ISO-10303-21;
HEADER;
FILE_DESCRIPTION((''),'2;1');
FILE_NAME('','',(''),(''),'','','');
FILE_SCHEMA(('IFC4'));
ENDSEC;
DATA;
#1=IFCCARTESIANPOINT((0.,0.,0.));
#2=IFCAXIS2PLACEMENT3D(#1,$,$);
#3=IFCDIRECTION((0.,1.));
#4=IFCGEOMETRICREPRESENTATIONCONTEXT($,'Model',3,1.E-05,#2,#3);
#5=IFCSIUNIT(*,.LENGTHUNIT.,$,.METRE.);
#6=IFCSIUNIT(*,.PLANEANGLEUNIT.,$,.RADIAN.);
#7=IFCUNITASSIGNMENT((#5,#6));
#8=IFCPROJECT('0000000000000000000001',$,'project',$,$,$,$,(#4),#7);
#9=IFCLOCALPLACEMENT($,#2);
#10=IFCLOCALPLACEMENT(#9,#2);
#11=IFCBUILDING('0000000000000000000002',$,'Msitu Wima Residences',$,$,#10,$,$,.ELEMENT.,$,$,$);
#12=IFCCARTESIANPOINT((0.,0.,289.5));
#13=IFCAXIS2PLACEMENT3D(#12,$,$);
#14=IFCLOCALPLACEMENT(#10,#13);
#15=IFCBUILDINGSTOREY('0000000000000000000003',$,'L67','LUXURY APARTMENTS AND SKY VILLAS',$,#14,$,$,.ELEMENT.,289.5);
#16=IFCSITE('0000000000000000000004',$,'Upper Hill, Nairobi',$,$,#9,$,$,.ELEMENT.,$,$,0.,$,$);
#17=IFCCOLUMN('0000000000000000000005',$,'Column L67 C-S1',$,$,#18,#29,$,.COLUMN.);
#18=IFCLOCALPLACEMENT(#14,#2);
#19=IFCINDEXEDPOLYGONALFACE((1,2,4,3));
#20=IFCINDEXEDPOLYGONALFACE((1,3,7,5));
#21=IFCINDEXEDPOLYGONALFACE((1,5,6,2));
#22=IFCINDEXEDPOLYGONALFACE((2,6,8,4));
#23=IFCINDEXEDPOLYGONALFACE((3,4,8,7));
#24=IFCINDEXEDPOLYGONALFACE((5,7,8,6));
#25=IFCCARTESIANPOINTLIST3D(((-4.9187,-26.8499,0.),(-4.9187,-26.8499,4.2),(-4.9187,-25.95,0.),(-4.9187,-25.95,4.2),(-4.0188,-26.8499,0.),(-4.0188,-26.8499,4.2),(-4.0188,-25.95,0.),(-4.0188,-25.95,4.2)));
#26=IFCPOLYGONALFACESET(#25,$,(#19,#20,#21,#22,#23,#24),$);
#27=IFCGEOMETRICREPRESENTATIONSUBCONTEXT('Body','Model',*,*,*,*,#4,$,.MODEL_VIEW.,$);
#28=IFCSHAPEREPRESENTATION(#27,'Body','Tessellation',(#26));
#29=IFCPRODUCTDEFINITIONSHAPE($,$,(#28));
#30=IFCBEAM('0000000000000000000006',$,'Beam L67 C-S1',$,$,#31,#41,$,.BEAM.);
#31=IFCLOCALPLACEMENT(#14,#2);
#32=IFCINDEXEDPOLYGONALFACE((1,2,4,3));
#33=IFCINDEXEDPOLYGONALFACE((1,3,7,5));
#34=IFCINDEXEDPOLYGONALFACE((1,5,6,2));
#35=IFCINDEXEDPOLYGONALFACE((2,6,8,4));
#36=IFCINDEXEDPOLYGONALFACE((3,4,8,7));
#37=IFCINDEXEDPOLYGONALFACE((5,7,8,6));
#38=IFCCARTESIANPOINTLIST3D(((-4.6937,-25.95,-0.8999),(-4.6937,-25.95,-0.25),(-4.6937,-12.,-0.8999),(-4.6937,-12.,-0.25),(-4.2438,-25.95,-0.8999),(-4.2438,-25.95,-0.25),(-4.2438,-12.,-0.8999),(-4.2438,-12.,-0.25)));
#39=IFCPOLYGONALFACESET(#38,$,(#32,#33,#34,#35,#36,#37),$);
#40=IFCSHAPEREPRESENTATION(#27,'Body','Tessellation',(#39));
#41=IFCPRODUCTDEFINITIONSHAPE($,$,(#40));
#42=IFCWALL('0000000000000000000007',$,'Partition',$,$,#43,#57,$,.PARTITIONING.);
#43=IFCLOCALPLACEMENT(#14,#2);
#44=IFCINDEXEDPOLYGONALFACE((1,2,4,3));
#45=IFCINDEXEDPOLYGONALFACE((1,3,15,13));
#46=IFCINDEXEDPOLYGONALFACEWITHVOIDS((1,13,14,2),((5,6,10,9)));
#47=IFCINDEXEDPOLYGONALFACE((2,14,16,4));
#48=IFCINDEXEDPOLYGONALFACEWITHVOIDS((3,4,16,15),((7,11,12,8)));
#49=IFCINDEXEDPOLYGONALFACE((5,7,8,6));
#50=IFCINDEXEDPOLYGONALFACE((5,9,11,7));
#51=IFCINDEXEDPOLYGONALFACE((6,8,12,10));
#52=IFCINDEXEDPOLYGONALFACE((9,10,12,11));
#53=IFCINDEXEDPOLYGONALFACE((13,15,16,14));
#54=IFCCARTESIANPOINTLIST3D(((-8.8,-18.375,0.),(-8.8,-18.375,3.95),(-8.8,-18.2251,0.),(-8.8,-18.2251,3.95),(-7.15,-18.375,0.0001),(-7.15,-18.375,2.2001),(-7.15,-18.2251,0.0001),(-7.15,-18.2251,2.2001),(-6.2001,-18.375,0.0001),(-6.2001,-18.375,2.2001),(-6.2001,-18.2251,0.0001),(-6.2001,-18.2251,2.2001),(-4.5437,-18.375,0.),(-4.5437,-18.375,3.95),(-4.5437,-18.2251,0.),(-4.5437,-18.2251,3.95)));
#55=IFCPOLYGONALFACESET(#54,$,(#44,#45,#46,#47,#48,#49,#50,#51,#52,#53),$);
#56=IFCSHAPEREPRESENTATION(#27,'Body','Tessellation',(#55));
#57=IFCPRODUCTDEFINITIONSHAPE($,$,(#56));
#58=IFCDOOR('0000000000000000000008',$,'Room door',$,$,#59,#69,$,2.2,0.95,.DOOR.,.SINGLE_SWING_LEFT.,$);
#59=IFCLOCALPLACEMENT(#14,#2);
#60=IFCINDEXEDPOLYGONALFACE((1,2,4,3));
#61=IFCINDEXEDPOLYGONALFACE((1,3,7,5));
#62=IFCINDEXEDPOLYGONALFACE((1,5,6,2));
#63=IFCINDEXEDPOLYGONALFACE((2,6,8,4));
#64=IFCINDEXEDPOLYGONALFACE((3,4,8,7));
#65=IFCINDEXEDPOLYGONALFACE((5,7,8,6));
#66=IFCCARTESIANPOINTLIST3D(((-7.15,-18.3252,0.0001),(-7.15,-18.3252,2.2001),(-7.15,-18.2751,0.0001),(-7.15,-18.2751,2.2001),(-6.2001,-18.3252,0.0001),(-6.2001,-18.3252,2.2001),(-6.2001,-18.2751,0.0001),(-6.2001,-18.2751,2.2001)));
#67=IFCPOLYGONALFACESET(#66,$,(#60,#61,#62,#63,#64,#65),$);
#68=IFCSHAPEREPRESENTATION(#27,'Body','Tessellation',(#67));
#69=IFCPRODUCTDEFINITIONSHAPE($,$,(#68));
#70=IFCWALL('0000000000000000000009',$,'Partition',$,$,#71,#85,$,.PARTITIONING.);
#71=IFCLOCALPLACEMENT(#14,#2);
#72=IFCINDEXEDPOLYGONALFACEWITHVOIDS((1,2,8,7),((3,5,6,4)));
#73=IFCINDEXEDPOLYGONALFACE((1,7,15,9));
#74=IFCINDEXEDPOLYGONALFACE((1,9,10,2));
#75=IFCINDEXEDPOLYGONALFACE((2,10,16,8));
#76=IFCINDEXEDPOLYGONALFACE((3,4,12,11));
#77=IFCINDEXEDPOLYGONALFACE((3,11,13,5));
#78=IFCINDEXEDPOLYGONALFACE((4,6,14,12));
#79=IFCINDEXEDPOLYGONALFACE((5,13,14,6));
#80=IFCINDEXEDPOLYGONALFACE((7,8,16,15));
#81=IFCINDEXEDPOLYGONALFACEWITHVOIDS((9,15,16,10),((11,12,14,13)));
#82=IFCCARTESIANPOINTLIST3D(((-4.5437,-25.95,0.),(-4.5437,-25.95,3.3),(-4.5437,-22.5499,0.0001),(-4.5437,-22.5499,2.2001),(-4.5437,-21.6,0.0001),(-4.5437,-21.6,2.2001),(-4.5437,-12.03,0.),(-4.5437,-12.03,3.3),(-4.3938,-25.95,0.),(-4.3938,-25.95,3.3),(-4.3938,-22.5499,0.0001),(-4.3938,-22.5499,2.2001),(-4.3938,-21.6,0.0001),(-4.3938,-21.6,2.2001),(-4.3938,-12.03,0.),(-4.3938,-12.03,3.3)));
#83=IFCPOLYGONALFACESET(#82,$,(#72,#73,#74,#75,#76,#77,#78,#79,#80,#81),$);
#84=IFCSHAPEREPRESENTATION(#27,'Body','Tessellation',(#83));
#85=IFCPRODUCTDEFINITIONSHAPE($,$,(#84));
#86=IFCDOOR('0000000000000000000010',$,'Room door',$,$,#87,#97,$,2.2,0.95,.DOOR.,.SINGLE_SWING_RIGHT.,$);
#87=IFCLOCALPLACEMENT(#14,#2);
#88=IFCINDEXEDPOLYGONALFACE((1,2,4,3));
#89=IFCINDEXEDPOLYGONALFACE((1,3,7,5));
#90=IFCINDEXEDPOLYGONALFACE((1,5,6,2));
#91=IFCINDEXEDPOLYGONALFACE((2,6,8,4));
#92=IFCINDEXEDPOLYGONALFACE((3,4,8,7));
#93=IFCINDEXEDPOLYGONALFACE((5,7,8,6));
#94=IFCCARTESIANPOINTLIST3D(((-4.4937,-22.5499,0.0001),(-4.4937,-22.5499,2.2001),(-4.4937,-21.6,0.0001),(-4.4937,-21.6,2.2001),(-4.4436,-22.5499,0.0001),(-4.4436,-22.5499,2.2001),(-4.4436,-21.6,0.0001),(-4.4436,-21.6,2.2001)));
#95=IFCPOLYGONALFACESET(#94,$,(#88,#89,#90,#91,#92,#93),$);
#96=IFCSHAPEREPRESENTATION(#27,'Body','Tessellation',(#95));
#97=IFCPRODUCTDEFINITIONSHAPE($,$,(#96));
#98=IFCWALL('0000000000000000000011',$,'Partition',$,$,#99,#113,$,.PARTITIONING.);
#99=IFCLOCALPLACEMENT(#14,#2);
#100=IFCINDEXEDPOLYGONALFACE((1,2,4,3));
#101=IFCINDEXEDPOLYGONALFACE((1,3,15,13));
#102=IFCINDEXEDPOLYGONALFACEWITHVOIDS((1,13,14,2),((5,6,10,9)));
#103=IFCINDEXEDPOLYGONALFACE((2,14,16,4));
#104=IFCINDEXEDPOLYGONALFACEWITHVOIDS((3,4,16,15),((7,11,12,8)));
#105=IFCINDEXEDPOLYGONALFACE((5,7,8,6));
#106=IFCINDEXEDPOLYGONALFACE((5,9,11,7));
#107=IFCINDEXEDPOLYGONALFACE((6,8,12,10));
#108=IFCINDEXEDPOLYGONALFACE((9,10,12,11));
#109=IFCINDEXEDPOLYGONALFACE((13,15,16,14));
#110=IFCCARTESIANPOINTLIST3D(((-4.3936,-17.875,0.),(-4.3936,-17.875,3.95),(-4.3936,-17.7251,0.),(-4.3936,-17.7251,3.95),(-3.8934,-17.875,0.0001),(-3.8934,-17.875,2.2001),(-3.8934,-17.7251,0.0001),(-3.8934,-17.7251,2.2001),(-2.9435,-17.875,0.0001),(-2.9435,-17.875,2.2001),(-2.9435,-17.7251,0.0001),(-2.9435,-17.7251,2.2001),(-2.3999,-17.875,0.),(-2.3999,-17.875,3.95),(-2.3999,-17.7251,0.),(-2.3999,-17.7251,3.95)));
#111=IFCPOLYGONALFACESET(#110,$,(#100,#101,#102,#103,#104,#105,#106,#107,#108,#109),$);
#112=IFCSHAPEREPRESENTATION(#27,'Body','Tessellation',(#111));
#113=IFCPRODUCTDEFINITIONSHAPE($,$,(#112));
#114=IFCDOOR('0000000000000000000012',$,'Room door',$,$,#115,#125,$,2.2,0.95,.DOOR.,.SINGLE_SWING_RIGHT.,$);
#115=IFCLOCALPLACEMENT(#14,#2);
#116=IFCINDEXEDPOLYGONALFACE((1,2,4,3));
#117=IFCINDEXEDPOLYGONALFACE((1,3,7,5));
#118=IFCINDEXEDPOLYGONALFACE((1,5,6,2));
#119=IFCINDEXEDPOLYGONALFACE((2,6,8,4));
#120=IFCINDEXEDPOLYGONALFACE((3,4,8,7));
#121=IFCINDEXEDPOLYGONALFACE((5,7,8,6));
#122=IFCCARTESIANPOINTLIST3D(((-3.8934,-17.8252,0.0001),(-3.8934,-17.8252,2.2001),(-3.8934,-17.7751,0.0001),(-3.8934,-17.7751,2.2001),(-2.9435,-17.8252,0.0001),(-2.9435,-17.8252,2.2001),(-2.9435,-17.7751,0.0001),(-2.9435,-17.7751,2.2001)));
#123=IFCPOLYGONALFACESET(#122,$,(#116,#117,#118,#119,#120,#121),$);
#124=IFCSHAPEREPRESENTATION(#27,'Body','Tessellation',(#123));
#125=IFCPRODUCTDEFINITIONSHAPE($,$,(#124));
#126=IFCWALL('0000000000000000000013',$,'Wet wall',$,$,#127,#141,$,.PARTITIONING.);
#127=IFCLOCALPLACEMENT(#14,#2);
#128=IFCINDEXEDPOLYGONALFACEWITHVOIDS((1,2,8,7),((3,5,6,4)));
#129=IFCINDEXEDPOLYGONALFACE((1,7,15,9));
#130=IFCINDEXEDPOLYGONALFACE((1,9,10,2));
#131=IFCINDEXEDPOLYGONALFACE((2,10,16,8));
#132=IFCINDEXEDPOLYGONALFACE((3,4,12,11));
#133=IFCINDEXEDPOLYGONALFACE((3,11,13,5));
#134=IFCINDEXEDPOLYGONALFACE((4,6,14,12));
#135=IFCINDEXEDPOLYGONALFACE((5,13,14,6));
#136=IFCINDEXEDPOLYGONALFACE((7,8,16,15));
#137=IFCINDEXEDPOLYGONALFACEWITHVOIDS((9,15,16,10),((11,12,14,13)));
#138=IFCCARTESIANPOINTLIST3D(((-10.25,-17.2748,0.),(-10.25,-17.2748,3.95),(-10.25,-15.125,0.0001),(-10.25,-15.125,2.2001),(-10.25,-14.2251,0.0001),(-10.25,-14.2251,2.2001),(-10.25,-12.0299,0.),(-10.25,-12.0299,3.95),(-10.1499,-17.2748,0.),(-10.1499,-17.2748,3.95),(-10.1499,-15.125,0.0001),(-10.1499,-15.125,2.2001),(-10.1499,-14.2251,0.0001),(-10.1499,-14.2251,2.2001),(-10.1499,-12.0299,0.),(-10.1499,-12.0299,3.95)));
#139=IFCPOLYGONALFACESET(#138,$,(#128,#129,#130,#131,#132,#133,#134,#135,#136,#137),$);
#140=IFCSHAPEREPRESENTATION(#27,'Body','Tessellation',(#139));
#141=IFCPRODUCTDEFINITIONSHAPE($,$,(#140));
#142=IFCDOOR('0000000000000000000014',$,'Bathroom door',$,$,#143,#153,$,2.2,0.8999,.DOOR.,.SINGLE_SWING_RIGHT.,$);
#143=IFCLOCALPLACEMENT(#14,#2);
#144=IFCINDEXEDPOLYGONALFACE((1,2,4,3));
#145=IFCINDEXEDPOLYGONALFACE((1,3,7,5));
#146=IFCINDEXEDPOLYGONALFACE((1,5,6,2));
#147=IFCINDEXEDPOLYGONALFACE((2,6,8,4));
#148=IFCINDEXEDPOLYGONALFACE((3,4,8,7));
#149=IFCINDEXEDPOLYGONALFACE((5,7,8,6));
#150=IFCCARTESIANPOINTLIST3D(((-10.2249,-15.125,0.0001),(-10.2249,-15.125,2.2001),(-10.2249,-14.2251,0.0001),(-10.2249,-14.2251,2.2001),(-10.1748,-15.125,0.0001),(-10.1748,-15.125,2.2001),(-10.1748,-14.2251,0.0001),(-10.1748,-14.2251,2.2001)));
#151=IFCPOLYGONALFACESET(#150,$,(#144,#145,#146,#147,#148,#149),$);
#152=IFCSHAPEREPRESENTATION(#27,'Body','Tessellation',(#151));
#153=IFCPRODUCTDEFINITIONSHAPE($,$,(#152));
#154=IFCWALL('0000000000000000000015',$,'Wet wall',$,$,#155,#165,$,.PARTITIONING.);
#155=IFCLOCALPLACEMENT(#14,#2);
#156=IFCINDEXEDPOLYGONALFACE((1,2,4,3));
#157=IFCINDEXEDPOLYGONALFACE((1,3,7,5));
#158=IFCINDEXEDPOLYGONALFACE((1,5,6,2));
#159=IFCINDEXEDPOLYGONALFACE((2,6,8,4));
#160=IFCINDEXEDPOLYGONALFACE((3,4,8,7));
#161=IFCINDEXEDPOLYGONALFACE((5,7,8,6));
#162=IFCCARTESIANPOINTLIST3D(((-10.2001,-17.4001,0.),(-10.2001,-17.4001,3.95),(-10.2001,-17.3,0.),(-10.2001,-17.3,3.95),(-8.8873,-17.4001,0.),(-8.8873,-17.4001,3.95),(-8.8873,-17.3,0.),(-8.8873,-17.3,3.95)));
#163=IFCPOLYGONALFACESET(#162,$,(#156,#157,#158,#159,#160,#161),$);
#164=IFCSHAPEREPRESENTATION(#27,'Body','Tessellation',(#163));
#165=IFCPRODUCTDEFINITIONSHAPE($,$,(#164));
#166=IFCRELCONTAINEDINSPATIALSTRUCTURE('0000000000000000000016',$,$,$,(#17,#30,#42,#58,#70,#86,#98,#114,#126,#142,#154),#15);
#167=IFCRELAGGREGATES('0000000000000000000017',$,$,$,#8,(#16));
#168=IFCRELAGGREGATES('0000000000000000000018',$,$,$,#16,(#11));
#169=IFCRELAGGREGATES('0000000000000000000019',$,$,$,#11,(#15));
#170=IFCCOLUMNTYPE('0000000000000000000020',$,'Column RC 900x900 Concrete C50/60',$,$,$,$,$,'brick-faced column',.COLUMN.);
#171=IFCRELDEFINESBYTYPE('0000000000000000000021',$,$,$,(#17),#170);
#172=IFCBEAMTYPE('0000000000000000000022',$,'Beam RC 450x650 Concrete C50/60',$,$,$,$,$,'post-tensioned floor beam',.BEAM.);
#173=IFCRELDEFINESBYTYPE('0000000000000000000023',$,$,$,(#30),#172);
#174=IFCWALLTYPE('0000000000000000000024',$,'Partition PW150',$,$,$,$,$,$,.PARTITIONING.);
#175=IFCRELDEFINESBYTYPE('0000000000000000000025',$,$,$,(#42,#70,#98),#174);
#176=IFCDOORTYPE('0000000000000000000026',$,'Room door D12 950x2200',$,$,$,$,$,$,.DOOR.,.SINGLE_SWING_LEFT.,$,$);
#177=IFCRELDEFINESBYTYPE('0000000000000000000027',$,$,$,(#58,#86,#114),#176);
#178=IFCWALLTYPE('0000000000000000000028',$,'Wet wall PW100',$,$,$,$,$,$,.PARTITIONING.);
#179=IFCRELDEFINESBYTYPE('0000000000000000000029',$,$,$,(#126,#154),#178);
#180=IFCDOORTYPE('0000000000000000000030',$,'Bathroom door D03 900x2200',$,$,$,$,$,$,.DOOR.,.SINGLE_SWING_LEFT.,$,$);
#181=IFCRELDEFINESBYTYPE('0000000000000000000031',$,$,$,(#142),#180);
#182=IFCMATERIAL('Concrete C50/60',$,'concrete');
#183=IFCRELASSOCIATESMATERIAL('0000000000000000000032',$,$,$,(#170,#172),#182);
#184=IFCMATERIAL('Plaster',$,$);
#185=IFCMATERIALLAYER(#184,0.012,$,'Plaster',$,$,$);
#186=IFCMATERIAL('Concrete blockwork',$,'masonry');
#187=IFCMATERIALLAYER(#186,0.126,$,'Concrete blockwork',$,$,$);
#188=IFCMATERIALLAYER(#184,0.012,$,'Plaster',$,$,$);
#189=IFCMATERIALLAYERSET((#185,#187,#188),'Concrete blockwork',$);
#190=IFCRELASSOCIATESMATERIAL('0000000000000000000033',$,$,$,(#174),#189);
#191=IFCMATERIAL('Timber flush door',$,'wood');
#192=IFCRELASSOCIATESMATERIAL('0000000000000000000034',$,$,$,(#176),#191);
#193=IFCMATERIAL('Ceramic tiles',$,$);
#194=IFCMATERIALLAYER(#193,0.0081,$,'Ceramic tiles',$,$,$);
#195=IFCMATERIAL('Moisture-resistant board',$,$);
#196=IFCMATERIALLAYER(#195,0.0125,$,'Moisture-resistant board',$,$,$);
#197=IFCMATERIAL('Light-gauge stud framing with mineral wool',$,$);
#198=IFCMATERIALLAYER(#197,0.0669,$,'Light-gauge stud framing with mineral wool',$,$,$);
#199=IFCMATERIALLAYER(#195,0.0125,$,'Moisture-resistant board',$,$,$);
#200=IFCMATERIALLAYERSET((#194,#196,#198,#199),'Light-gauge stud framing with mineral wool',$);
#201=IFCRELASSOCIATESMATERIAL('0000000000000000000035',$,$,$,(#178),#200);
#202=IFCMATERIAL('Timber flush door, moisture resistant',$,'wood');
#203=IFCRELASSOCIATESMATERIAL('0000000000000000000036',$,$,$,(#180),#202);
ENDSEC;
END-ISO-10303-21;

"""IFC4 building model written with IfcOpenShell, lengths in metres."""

from ifc_helpers import new_model, si_unit, direction, frame, frame_2d, origin, origin_2d, place, context, subcontext, project, spatial, rectangle, extrude, material, layer, layer_set, material_profile, profile_set, type_object, element, fill, save


model = new_model("IFC4")

# Units and contexts
model_context = context("Model", 3, precision=1e-05, world=origin(), true_north=direction((0.0, 1.0)))
body_context = subcontext(model_context, "Body", "Model", "MODEL_VIEW")
ifc_project = project(units=[si_unit("LENGTHUNIT", "METRE"), si_unit("PLANEANGLEUNIT", "RADIAN")], contexts=[model_context])

# Site, building, storey
site_placement = place(None, origin())
site = spatial("IfcSite", under=ifc_project, at=site_placement, Name="Upper Hill, Nairobi", CompositionType="ELEMENT", RefElevation=0.0)
building_placement = place(site_placement, origin())
building = spatial("IfcBuilding", under=site, at=building_placement, Name="Msitu Wima Residences", CompositionType="ELEMENT")
storey_placement = place(building_placement, frame((0.0, 0.0, 289.5)))
storey = spatial("IfcBuildingStorey", under=building, at=storey_placement, Name="L67", Description="LUXURY APARTMENTS AND SKY VILLAS", CompositionType="ELEMENT", Elevation=289.5)

# Column
ifc_material_1 = material(Name="Concrete C50/60", Category="concrete")
ifc_material_profile_1 = material_profile(ifc_material_1, rectangle(XDim=0.8999, YDim=0.8999, at=origin_2d()), Name="RC 900x900")
ifc_profile_set_1 = profile_set([ifc_material_profile_1], Name="Concrete C50/60")
column_type = type_object("IfcColumnType", Name="Column RC 900x900 Concrete C50/60", ElementType="brick-faced column", PredefinedType="COLUMN", material=ifc_profile_set_1)
column_placement = place(storey_placement, frame((-4.4688, -26.3999, 0.0), z_axis=(0.0, 0.0, 1.0), x_axis=(1.0, 0.0, 0.0)))
element("IfcColumn", 1, at=column_placement, inside=storey, type_object=column_type, Name="Column L67 C-S1", PredefinedType="COLUMN", context=body_context, shape_type="SweptSolid", body=[
    extrude(rectangle(XDim=0.8999, YDim=0.8999, at=origin_2d()), origin(), (0.0, 0.0, 1.0), 4.2),
])

# Beam
ifc_material_profile_2 = material_profile(ifc_material_1, rectangle(XDim=0.45, YDim=0.6499, at=origin_2d()), Name="RC 450x650")
ifc_profile_set_2 = profile_set([ifc_material_profile_2], Name="Concrete C50/60")
beam_type = type_object("IfcBeamType", Name="Beam RC 450x650 Concrete C50/60", ElementType="post-tensioned floor beam", PredefinedType="BEAM", material=ifc_profile_set_2)
beam_placement = place(storey_placement, frame((-4.4688, -25.95, -0.575), z_axis=(0.0, 1.0, 0.0), x_axis=(-1.0, 0.0, 0.0)))
element("IfcBeam", 2, at=beam_placement, inside=storey, type_object=beam_type, Name="Beam L67 C-S1", PredefinedType="BEAM", context=body_context, shape_type="SweptSolid", body=[
    extrude(rectangle(XDim=0.45, YDim=0.6499, at=origin_2d()), origin(), (0.0, 0.0, 1.0), 13.95),
])

# Walls, openings, doors
ifc_material_2 = material(Name="Plaster")
ifc_layer_1 = layer(ifc_material_2, 0.012, Name="Plaster")
ifc_material_3 = material(Name="Concrete blockwork", Category="masonry")
ifc_layer_2 = layer(ifc_material_3, 0.126, Name="Concrete blockwork")
ifc_layer_3 = layer(ifc_material_2, 0.012, Name="Plaster")
ifc_layer_set_1 = layer_set([ifc_layer_1, ifc_layer_2, ifc_layer_3], Name="Concrete blockwork")
wall_type_1 = type_object("IfcWallType", Name="Partition PW150", PredefinedType="PARTITIONING", material=ifc_layer_set_1)
wall_1_placement = place(storey_placement, frame((-8.8, -18.3, 0.0), z_axis=(0.0, 0.0, 1.0), x_axis=(1.0, 0.0, 0.0)))
wall_1 = element("IfcWall", 3, at=wall_1_placement, inside=storey, type_object=wall_type_1, Name="Partition", PredefinedType="PARTITIONING", context=body_context, shape_type="SweptSolid", body=[
    extrude(rectangle(XDim=4.2563, YDim=0.1499, at=frame_2d((2.1282, 0.0))), origin(), (0.0, 0.0, 1.0), 3.95),
])
opening_1_placement = place(wall_1_placement, frame((1.6499, 0.0, 0.0)))
opening_1 = element("IfcOpeningElement", 4, at=opening_1_placement, cuts=wall_1, PredefinedType="OPENING", context=body_context, shape_type="SweptSolid", body=[
    extrude(rectangle(XDim=0.95, YDim=2.2, at=frame_2d((0.4751, 1.1001))), frame((0.0, 0.085, 0.0), z_axis=(0.0, -1.0, 0.0), x_axis=(1.0, 0.0, 0.0)), (0.0, 0.0, 1.0), 0.1699),
])
ifc_material_4 = material(Name="Timber flush door", Category="wood")
door_type_1 = type_object("IfcDoorType", Name="Room door D12 950x2200", OperationType="SINGLE_SWING_LEFT", PredefinedType="DOOR", material=ifc_material_4)
door_1_placement = place(opening_1_placement, origin())
door_1 = element("IfcDoor", 5, at=door_1_placement, inside=storey, type_object=door_type_1, Name="Room door", OperationType="SINGLE_SWING_LEFT", OverallHeight=2.2, OverallWidth=0.95, PredefinedType="DOOR", context=body_context, shape_type="SweptSolid", body=[
    extrude(rectangle(XDim=0.95, YDim=2.2, at=frame_2d((0.4751, 1.1001))), frame((0.0, 0.0249, 0.0), z_axis=(0.0, -1.0, 0.0), x_axis=(1.0, 0.0, 0.0)), (0.0, 0.0, 1.0), 0.05),
])
fill(opening_1, door_1)
wall_2_placement = place(storey_placement, frame((-4.4688, -25.95, 0.0), z_axis=(0.0, 0.0, 1.0), x_axis=(0.0, 1.0, 0.0)))
wall_2 = element("IfcWall", 6, at=wall_2_placement, inside=storey, type_object=wall_type_1, Name="Partition", PredefinedType="PARTITIONING", context=body_context, shape_type="SweptSolid", body=[
    extrude(rectangle(XDim=13.9199, YDim=0.1499, at=frame_2d((6.96, 0.0))), origin(), (0.0, 0.0, 1.0), 3.3),
])
opening_2_placement = place(wall_2_placement, frame((3.3999, 0.0, 0.0)))
opening_2 = element("IfcOpeningElement", 7, at=opening_2_placement, cuts=wall_2, PredefinedType="OPENING", context=body_context, shape_type="SweptSolid", body=[
    extrude(rectangle(XDim=0.95, YDim=2.2, at=frame_2d((0.4751, 1.1001))), frame((0.0, 0.085, 0.0), z_axis=(0.0, -1.0, 0.0), x_axis=(1.0, 0.0, 0.0)), (0.0, 0.0, 1.0), 0.1699),
])
door_2_placement = place(opening_2_placement, origin())
door_2 = element("IfcDoor", 8, at=door_2_placement, inside=storey, type_object=door_type_1, Name="Room door", OperationType="SINGLE_SWING_RIGHT", OverallHeight=2.2, OverallWidth=0.95, PredefinedType="DOOR", context=body_context, shape_type="SweptSolid", body=[
    extrude(rectangle(XDim=0.95, YDim=2.2, at=frame_2d((0.4751, 1.1001))), frame((0.0, 0.0249, 0.0), z_axis=(0.0, -1.0, 0.0), x_axis=(1.0, 0.0, 0.0)), (0.0, 0.0, 1.0), 0.05),
])
fill(opening_2, door_2)
wall_3_placement = place(storey_placement, frame((-4.3936, -17.8, 0.0), z_axis=(0.0, 0.0, 1.0), x_axis=(1.0, 0.0, 0.0)))
wall_3 = element("IfcWall", 9, at=wall_3_placement, inside=storey, type_object=wall_type_1, Name="Partition", PredefinedType="PARTITIONING", context=body_context, shape_type="SweptSolid", body=[
    extrude(rectangle(XDim=1.9937, YDim=0.1499, at=frame_2d((0.9968, 0.0))), origin(), (0.0, 0.0, 1.0), 3.95),
])
opening_3_placement = place(wall_3_placement, frame((0.5, 0.0, 0.0)))
opening_3 = element("IfcOpeningElement", 10, at=opening_3_placement, cuts=wall_3, PredefinedType="OPENING", context=body_context, shape_type="SweptSolid", body=[
    extrude(rectangle(XDim=0.95, YDim=2.2, at=frame_2d((0.4751, 1.1001))), frame((0.0, 0.085, 0.0), z_axis=(0.0, -1.0, 0.0), x_axis=(1.0, 0.0, 0.0)), (0.0, 0.0, 1.0), 0.1699),
])
door_3_placement = place(opening_3_placement, origin())
door_3 = element("IfcDoor", 11, at=door_3_placement, inside=storey, type_object=door_type_1, Name="Room door", OperationType="SINGLE_SWING_RIGHT", OverallHeight=2.2, OverallWidth=0.95, PredefinedType="DOOR", context=body_context, shape_type="SweptSolid", body=[
    extrude(rectangle(XDim=0.95, YDim=2.2, at=frame_2d((0.4751, 1.1001))), frame((0.0, 0.0249, 0.0), z_axis=(0.0, -1.0, 0.0), x_axis=(1.0, 0.0, 0.0)), (0.0, 0.0, 1.0), 0.05),
])
fill(opening_3, door_3)
ifc_material_5 = material(Name="Ceramic tiles")
ifc_layer_4 = layer(ifc_material_5, 0.0081, Name="Ceramic tiles")
ifc_material_6 = material(Name="Moisture-resistant board")
ifc_layer_5 = layer(ifc_material_6, 0.0125, Name="Moisture-resistant board")
ifc_material_7 = material(Name="Light-gauge stud framing with mineral wool")
ifc_layer_6 = layer(ifc_material_7, 0.0669, Name="Light-gauge stud framing with mineral wool")
ifc_layer_7 = layer(ifc_material_6, 0.0125, Name="Moisture-resistant board")
ifc_layer_set_2 = layer_set([ifc_layer_4, ifc_layer_5, ifc_layer_6, ifc_layer_7], Name="Light-gauge stud framing with mineral wool")
wall_type_2 = type_object("IfcWallType", Name="Wet wall PW100", PredefinedType="PARTITIONING", material=ifc_layer_set_2)
wall_4_placement = place(storey_placement, frame((-10.2, -17.2749, 0.0), z_axis=(0.0, 0.0, 1.0), x_axis=(0.0, 1.0, 0.0)))
wall_4 = element("IfcWall", 12, at=wall_4_placement, inside=storey, type_object=wall_type_2, Name="Wet wall", PredefinedType="PARTITIONING", context=body_context, shape_type="SweptSolid", body=[
    extrude(rectangle(XDim=5.2449, YDim=0.1001, at=frame_2d((2.6226, 0.0))), origin(), (0.0, 0.0, 1.0), 3.95),
])
opening_4_placement = place(wall_4_placement, frame((2.1499, 0.0, 0.0)))
opening_4 = element("IfcOpeningElement", 13, at=opening_4_placement, cuts=wall_4, PredefinedType="OPENING", context=body_context, shape_type="SweptSolid", body=[
    extrude(rectangle(XDim=0.8999, YDim=2.2, at=frame_2d((0.45, 1.1001))), frame((0.0, 0.0601, 0.0), z_axis=(0.0, -1.0, 0.0), x_axis=(1.0, 0.0, 0.0)), (0.0, 0.0, 1.0), 0.1201),
])
ifc_material_8 = material(Name="Timber flush door, moisture resistant", Category="wood")
door_type_2 = type_object("IfcDoorType", Name="Bathroom door D03 900x2200", OperationType="SINGLE_SWING_LEFT", PredefinedType="DOOR", material=ifc_material_8)
door_4_placement = place(opening_4_placement, origin())
door_4 = element("IfcDoor", 14, at=door_4_placement, inside=storey, type_object=door_type_2, Name="Bathroom door", OperationType="SINGLE_SWING_RIGHT", OverallHeight=2.2, OverallWidth=0.8999, PredefinedType="DOOR", context=body_context, shape_type="SweptSolid", body=[
    extrude(rectangle(XDim=0.8999, YDim=2.2, at=frame_2d((0.45, 1.1001))), frame((0.0, 0.0249, 0.0), z_axis=(0.0, -1.0, 0.0), x_axis=(1.0, 0.0, 0.0)), (0.0, 0.0, 1.0), 0.05),
])
fill(opening_4, door_4)

# Wall
wall_5_placement = place(storey_placement, frame((-10.2, -17.3501, 0.0), z_axis=(0.0, 0.0, 1.0), x_axis=(1.0, 0.0, 0.0)))
element("IfcWall", 15, at=wall_5_placement, inside=storey, type_object=wall_type_2, Name="Wet wall", PredefinedType="PARTITIONING", context=body_context, shape_type="SweptSolid", body=[
    extrude(rectangle(XDim=1.3127, YDim=0.1001, at=frame_2d((0.6562, 0.0))), origin(), (0.0, 0.0, 1.0), 3.95),
])

save(model, "model.ifc")
